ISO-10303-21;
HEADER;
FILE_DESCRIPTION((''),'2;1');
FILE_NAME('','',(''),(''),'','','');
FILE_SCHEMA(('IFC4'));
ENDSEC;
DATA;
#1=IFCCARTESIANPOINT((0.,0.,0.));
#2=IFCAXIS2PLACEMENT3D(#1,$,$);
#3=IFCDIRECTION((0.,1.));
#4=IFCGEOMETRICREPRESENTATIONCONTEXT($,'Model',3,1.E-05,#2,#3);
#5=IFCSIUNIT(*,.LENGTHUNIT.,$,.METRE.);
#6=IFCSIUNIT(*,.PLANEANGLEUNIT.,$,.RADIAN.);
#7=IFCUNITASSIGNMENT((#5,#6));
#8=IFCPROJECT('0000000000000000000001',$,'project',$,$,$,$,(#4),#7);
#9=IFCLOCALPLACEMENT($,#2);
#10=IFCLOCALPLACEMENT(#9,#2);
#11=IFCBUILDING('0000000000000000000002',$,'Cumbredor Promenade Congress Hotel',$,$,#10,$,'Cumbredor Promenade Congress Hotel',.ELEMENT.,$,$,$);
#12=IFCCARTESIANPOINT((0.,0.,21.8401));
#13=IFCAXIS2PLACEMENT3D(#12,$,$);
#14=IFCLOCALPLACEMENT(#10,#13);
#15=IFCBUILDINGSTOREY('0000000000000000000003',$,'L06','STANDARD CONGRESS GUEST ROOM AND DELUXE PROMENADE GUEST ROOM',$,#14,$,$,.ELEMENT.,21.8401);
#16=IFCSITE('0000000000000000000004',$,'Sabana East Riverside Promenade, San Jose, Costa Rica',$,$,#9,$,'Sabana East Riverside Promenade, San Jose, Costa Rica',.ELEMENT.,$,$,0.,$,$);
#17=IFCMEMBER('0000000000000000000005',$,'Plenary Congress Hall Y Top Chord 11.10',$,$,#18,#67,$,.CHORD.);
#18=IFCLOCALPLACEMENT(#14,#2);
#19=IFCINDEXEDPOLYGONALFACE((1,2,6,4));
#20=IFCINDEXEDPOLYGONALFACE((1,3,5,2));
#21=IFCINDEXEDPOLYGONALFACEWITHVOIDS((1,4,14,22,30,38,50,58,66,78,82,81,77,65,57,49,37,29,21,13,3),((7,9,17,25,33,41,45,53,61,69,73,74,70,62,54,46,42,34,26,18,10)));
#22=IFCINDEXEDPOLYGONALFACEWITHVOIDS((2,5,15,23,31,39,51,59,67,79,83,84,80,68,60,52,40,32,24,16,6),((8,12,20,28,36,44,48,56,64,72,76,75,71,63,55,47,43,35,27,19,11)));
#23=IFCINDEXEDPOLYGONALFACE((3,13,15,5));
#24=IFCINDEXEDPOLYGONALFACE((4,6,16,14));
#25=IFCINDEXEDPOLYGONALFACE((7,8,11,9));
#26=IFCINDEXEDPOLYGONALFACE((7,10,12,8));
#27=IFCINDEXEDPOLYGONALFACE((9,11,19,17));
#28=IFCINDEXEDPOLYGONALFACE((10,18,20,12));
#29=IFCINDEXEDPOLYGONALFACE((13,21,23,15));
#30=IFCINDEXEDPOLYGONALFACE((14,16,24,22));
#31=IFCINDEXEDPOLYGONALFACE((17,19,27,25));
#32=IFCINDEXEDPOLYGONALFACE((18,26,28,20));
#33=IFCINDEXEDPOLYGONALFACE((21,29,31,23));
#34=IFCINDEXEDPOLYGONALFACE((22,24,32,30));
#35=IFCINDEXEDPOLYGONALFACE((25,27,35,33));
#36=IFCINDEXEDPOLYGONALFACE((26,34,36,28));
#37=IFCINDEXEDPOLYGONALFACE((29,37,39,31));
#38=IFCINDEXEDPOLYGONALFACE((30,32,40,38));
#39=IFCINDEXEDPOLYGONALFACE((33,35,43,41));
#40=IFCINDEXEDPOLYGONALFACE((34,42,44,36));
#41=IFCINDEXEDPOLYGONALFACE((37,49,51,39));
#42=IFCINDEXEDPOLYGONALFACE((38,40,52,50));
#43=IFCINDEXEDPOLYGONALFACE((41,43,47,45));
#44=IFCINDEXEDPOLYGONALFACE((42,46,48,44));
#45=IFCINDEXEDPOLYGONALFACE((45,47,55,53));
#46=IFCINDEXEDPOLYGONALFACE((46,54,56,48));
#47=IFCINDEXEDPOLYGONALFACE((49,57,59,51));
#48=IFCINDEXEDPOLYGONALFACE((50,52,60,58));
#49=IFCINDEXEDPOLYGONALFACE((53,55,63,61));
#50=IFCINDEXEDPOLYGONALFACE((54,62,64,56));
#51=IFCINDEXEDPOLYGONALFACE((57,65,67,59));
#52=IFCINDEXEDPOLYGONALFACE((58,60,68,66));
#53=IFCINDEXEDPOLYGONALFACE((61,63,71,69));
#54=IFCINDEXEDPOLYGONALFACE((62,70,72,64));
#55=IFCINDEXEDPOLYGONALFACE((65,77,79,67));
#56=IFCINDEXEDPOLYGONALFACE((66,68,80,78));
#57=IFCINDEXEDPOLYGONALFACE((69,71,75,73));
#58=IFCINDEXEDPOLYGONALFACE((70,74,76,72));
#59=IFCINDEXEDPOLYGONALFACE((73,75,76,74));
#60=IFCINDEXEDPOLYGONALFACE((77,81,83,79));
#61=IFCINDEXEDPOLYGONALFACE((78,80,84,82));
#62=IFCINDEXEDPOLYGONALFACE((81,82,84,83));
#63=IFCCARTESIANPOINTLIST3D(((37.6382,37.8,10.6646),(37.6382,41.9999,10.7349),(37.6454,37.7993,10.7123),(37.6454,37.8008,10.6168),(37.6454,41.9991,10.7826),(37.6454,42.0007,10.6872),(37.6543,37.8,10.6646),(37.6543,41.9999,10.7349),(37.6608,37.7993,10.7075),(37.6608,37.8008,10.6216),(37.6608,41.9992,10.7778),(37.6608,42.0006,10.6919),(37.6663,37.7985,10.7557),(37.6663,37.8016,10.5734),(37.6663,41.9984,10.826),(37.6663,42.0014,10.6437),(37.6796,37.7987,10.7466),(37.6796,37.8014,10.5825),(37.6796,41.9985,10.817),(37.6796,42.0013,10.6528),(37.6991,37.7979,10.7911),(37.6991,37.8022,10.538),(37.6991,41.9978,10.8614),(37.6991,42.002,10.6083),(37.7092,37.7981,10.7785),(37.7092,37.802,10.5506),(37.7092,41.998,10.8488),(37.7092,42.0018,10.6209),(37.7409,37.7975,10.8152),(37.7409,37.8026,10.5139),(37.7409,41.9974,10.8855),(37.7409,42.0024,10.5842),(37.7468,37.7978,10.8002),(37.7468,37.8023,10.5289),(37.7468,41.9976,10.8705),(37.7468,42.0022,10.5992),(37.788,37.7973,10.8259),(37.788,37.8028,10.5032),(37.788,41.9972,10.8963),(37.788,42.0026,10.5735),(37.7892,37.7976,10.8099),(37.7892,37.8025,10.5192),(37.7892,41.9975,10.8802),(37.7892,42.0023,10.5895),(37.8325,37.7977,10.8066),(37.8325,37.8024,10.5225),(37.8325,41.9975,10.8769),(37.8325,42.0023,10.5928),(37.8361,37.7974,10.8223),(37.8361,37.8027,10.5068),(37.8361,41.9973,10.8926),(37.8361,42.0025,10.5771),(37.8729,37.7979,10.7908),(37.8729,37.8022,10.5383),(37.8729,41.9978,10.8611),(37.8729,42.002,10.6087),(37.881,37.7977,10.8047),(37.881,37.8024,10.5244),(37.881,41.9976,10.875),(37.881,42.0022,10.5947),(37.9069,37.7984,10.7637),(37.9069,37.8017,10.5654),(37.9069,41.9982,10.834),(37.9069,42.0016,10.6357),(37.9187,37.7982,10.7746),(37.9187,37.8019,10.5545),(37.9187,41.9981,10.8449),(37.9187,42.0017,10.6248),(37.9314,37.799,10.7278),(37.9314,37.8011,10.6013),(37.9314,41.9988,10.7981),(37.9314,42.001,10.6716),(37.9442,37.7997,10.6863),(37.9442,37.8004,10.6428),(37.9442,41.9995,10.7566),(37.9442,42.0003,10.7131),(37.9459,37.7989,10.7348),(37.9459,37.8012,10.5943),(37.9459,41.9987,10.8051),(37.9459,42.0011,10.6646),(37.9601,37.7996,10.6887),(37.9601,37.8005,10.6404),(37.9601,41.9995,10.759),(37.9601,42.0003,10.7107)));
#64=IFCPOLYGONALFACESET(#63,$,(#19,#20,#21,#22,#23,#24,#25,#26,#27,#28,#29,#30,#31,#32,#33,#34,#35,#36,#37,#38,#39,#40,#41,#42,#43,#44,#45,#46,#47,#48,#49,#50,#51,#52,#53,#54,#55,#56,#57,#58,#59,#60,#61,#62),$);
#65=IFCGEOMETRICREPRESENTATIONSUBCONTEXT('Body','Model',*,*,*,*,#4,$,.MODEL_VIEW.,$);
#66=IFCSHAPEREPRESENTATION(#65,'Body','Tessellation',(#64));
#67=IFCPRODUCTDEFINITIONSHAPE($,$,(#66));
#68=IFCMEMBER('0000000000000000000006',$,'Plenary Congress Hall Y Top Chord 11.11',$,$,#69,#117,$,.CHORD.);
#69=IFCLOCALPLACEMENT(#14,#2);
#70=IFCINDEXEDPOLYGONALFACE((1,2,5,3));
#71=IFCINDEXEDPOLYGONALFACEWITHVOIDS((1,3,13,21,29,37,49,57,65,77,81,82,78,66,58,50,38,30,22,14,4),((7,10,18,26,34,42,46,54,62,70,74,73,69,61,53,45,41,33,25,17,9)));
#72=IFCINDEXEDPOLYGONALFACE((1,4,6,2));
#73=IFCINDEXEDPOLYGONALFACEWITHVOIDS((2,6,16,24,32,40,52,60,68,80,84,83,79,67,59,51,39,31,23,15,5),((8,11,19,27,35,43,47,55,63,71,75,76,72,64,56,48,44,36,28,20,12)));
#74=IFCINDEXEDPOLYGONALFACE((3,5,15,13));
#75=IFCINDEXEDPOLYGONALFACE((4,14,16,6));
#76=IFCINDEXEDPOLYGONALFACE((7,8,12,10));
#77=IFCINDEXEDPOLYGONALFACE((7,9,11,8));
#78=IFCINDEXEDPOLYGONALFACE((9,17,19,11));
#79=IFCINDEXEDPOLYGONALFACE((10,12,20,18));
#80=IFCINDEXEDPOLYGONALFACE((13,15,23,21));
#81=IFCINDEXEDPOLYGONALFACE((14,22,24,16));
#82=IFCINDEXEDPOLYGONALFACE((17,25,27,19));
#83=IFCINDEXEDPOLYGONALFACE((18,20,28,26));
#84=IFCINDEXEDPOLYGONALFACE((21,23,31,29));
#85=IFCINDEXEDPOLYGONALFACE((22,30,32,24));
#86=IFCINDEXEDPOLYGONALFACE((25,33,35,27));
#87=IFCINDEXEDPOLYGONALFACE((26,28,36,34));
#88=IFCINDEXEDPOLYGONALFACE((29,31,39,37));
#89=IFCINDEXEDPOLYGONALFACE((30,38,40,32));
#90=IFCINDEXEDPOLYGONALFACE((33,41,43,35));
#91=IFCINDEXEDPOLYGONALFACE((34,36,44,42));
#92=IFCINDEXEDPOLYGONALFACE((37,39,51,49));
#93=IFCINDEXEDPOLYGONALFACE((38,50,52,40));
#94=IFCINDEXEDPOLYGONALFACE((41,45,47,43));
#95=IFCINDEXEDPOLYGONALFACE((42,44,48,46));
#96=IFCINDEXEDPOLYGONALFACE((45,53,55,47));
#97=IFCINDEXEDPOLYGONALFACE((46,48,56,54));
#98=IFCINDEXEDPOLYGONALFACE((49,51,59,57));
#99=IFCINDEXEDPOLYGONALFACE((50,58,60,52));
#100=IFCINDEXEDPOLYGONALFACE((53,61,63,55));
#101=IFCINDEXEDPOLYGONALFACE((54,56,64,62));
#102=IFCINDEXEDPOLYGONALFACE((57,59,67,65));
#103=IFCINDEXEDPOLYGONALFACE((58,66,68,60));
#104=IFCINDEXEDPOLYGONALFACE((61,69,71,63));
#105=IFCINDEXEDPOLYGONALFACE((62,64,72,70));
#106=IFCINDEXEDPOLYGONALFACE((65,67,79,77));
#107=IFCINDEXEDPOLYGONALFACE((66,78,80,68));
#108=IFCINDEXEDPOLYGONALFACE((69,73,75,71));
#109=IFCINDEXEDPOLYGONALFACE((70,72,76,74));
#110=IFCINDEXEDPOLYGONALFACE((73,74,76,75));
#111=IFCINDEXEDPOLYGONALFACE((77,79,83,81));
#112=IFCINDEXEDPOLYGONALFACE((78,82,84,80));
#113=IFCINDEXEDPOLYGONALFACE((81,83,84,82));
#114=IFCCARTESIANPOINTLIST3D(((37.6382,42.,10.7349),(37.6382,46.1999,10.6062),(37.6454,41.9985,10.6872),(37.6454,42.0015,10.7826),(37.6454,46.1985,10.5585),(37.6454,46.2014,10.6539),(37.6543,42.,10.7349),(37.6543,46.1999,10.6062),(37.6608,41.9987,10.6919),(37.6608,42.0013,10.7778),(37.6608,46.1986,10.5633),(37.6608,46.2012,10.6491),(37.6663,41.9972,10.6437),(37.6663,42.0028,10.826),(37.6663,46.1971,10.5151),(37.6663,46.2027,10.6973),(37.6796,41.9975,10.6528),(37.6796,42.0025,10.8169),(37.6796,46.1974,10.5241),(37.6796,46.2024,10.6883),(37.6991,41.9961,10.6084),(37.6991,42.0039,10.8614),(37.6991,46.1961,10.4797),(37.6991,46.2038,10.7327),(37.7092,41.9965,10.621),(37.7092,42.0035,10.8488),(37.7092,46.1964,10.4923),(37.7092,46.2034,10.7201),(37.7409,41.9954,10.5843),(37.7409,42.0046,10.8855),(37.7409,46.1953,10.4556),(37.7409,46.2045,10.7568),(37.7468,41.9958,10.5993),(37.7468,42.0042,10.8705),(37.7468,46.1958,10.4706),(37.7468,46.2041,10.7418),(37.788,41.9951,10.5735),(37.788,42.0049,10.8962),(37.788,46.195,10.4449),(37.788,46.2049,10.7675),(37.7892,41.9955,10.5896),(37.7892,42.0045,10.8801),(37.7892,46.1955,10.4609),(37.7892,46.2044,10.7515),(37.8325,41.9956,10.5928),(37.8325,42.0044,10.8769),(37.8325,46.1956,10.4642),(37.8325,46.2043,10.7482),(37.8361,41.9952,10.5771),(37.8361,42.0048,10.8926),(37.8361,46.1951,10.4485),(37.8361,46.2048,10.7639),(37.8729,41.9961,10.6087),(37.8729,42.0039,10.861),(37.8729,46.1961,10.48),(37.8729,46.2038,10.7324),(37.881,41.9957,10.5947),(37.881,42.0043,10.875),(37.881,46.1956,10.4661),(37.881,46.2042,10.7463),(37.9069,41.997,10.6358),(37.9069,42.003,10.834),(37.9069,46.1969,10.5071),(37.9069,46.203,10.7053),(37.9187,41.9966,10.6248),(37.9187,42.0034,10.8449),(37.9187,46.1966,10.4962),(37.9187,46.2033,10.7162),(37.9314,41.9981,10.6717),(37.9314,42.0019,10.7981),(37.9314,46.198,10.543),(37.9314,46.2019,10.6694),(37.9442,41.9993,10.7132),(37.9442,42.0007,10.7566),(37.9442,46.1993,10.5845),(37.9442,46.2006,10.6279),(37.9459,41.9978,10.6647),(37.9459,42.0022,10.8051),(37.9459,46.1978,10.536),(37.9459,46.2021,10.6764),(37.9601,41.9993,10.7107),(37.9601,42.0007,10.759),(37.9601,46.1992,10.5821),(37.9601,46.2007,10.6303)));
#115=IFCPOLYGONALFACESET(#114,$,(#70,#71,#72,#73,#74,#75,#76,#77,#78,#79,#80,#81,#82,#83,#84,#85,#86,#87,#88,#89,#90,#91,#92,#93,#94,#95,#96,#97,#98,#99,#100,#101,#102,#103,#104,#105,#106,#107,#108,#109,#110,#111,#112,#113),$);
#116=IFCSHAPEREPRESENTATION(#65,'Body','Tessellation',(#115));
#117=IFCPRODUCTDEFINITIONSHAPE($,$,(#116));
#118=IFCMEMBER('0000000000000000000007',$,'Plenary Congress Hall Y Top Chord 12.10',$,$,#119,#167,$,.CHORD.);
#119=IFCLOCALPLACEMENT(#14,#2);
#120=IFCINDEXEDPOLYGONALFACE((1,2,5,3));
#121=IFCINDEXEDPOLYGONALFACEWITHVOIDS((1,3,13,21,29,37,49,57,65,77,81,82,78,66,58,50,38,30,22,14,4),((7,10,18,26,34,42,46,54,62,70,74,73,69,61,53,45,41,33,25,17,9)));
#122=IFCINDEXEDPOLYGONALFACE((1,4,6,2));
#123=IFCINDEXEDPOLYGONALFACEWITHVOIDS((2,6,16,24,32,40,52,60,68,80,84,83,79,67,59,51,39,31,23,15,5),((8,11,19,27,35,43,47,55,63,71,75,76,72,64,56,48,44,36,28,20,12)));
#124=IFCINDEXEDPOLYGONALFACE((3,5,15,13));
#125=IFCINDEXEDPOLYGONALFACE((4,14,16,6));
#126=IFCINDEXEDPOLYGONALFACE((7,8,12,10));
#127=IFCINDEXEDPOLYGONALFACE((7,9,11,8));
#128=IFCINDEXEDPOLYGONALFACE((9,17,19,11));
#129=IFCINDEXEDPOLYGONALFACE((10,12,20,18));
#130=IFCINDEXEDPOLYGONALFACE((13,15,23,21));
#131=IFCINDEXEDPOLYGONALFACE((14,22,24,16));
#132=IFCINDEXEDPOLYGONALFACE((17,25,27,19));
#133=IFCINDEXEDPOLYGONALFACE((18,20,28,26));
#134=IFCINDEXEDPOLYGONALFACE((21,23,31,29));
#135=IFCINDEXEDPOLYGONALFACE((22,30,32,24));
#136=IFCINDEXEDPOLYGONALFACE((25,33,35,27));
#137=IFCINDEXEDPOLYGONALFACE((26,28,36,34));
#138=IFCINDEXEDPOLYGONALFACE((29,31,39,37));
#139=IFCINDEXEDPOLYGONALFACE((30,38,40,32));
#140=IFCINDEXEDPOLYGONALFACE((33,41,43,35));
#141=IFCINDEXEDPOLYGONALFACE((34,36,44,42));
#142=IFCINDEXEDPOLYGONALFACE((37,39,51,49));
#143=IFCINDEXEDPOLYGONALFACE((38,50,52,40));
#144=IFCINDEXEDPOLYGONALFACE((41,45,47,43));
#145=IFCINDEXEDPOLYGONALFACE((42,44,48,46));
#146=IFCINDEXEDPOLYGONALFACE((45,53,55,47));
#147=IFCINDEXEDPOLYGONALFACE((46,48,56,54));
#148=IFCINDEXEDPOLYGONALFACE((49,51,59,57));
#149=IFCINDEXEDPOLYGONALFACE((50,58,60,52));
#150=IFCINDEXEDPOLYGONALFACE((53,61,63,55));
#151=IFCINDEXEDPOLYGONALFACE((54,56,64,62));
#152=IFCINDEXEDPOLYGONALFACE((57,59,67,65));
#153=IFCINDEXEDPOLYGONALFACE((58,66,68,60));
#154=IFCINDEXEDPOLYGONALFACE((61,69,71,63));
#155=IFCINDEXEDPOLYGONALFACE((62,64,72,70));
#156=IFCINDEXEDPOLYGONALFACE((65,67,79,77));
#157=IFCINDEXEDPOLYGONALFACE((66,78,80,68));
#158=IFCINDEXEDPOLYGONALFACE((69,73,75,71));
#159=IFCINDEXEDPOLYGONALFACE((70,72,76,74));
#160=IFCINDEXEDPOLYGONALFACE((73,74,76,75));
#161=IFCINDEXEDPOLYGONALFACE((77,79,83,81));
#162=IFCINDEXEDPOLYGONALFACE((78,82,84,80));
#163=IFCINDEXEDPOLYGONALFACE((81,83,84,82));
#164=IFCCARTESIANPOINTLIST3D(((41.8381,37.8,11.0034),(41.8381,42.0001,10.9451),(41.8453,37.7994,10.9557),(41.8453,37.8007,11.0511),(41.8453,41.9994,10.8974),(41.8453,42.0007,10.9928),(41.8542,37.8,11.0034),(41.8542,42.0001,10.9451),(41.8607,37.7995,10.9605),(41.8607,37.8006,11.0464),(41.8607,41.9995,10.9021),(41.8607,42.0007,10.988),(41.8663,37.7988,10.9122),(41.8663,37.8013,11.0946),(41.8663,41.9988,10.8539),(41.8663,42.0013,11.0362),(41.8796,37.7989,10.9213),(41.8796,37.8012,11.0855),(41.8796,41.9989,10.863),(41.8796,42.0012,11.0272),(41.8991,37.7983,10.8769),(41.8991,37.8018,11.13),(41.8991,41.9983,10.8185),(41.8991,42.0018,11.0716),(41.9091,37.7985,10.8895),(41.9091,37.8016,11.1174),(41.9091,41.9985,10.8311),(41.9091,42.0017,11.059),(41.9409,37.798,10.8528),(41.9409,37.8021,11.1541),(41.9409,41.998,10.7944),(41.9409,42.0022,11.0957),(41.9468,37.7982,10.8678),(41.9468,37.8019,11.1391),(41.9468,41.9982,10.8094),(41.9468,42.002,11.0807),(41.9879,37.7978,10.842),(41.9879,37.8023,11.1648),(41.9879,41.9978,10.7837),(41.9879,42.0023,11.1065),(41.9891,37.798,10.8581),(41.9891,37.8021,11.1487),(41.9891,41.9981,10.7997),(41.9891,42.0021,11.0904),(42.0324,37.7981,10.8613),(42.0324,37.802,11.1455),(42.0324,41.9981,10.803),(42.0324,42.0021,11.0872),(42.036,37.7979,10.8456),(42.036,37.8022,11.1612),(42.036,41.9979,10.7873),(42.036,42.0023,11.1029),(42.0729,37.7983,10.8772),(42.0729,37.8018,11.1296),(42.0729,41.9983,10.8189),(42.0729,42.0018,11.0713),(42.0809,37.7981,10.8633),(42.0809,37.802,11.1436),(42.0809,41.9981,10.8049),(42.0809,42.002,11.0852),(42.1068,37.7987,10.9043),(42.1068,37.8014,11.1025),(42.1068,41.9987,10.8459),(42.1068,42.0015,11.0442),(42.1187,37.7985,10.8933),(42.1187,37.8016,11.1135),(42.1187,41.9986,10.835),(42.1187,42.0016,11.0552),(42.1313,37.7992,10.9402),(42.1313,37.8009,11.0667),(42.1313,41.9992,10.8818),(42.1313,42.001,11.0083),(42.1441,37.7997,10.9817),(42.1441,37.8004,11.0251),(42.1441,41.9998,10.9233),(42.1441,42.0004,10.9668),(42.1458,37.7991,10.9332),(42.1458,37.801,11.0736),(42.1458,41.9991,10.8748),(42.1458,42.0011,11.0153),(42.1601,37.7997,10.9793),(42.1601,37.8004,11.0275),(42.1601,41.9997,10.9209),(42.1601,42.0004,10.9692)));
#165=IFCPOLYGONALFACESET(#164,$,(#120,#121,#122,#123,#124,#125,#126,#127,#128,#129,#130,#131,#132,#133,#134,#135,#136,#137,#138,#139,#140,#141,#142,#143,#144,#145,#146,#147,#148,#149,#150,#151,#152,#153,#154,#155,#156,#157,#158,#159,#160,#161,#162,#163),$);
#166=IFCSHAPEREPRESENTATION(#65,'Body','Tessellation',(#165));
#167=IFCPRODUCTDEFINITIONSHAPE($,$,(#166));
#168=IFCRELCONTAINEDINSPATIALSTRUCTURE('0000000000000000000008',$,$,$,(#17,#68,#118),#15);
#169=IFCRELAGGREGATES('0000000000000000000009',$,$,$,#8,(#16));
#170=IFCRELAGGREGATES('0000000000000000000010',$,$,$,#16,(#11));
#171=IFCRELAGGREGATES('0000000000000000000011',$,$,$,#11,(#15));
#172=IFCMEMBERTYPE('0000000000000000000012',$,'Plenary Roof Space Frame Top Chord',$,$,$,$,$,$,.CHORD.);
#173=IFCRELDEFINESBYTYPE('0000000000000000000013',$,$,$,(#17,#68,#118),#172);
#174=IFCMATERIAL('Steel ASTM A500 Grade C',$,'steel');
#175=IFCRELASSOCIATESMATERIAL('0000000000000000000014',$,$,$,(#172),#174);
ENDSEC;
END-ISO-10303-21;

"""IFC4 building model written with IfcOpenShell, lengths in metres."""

from ifc_helpers import new_model, si_unit, direction, frame, origin, origin_2d, place, context, subcontext, project, spatial, hollow_circle, extrude, material, material_profile, profile_set, type_object, element, save


model = new_model("IFC4")

# Units and contexts
model_context = context("Model", 3, precision=1e-05, world=origin(), true_north=direction((0.0, 1.0)))
body_context = subcontext(model_context, "Body", "Model", "MODEL_VIEW")
ifc_project = project(units=[si_unit("LENGTHUNIT", "METRE"), si_unit("PLANEANGLEUNIT", "RADIAN")], contexts=[model_context])

# Site, building, storey
site_placement = place(None, origin())
site = spatial("IfcSite", under=ifc_project, at=site_placement, Name="Sabana East Riverside Promenade, San Jose, Costa Rica", LongName="Sabana East Riverside Promenade, San Jose, Costa Rica", CompositionType="ELEMENT", RefElevation=0.0)
building_placement = place(site_placement, origin())
building = spatial("IfcBuilding", under=site, at=building_placement, Name="Cumbredor Promenade Congress Hotel", LongName="Cumbredor Promenade Congress Hotel", CompositionType="ELEMENT")
storey_placement = place(building_placement, frame((0.0, 0.0, 21.8401)))
storey = spatial("IfcBuildingStorey", under=building, at=storey_placement, Name="L06", Description="STANDARD CONGRESS GUEST ROOM AND DELUXE PROMENADE GUEST ROOM", CompositionType="ELEMENT", Elevation=21.8401)

# Members
ifc_material_1 = material(Name="Steel ASTM A500 Grade C", Category="steel")
ifc_material_profile_1 = material_profile(ifc_material_1, hollow_circle(Radius=0.1619, WallThickness=0.0161, at=origin_2d()), Name="CHS 323.9x16")
ifc_profile_set_1 = profile_set([ifc_material_profile_1], Name="Steel ASTM A500 Grade C")
member_type_1 = type_object("IfcMemberType", Name="Plenary Roof Space Frame Top Chord", PredefinedType="CHORD", material=ifc_profile_set_1)
member_1_placement = place(storey_placement, frame((37.8, 37.8, 10.6646), z_axis=(0.0, 0.99986, 0.016739), x_axis=(-1.0, 0.0, 0.0)))
element("IfcMember", 1, at=member_1_placement, inside=storey, type_object=member_type_1, Name="Plenary Congress Hall Y Top Chord 11.10", PredefinedType="CHORD", context=body_context, shape_type="SweptSolid", body=[
    extrude(hollow_circle(Radius=0.1619, WallThickness=0.0161, at=origin_2d()), origin(), (0.0, 0.0, 1.0), 4.2004),
])
member_2_placement = place(storey_placement, frame((37.8, 42.0, 10.7349), z_axis=(0.0, 0.999531, -0.03062), x_axis=(-1.0, 0.0, 0.0)))
element("IfcMember", 2, at=member_2_placement, inside=storey, type_object=member_type_1, Name="Plenary Congress Hall Y Top Chord 11.11", PredefinedType="CHORD", context=body_context, shape_type="SweptSolid", body=[
    extrude(hollow_circle(Radius=0.1619, WallThickness=0.0161, at=origin_2d()), origin(), (0.0, 0.0, 1.0), 4.2019),
])
member_3_placement = place(storey_placement, frame((42.0, 37.8, 11.0034), z_axis=(0.0, 0.999904, -0.013892), x_axis=(-1.0, 0.0, 0.0)))
element("IfcMember", 3, at=member_3_placement, inside=storey, type_object=member_type_1, Name="Plenary Congress Hall Y Top Chord 12.10", PredefinedType="CHORD", context=body_context, shape_type="SweptSolid", body=[
    extrude(hollow_circle(Radius=0.1619, WallThickness=0.0161, at=origin_2d()), origin(), (0.0, 0.0, 1.0), 4.2004),
])

save(model, "model.ifc")
